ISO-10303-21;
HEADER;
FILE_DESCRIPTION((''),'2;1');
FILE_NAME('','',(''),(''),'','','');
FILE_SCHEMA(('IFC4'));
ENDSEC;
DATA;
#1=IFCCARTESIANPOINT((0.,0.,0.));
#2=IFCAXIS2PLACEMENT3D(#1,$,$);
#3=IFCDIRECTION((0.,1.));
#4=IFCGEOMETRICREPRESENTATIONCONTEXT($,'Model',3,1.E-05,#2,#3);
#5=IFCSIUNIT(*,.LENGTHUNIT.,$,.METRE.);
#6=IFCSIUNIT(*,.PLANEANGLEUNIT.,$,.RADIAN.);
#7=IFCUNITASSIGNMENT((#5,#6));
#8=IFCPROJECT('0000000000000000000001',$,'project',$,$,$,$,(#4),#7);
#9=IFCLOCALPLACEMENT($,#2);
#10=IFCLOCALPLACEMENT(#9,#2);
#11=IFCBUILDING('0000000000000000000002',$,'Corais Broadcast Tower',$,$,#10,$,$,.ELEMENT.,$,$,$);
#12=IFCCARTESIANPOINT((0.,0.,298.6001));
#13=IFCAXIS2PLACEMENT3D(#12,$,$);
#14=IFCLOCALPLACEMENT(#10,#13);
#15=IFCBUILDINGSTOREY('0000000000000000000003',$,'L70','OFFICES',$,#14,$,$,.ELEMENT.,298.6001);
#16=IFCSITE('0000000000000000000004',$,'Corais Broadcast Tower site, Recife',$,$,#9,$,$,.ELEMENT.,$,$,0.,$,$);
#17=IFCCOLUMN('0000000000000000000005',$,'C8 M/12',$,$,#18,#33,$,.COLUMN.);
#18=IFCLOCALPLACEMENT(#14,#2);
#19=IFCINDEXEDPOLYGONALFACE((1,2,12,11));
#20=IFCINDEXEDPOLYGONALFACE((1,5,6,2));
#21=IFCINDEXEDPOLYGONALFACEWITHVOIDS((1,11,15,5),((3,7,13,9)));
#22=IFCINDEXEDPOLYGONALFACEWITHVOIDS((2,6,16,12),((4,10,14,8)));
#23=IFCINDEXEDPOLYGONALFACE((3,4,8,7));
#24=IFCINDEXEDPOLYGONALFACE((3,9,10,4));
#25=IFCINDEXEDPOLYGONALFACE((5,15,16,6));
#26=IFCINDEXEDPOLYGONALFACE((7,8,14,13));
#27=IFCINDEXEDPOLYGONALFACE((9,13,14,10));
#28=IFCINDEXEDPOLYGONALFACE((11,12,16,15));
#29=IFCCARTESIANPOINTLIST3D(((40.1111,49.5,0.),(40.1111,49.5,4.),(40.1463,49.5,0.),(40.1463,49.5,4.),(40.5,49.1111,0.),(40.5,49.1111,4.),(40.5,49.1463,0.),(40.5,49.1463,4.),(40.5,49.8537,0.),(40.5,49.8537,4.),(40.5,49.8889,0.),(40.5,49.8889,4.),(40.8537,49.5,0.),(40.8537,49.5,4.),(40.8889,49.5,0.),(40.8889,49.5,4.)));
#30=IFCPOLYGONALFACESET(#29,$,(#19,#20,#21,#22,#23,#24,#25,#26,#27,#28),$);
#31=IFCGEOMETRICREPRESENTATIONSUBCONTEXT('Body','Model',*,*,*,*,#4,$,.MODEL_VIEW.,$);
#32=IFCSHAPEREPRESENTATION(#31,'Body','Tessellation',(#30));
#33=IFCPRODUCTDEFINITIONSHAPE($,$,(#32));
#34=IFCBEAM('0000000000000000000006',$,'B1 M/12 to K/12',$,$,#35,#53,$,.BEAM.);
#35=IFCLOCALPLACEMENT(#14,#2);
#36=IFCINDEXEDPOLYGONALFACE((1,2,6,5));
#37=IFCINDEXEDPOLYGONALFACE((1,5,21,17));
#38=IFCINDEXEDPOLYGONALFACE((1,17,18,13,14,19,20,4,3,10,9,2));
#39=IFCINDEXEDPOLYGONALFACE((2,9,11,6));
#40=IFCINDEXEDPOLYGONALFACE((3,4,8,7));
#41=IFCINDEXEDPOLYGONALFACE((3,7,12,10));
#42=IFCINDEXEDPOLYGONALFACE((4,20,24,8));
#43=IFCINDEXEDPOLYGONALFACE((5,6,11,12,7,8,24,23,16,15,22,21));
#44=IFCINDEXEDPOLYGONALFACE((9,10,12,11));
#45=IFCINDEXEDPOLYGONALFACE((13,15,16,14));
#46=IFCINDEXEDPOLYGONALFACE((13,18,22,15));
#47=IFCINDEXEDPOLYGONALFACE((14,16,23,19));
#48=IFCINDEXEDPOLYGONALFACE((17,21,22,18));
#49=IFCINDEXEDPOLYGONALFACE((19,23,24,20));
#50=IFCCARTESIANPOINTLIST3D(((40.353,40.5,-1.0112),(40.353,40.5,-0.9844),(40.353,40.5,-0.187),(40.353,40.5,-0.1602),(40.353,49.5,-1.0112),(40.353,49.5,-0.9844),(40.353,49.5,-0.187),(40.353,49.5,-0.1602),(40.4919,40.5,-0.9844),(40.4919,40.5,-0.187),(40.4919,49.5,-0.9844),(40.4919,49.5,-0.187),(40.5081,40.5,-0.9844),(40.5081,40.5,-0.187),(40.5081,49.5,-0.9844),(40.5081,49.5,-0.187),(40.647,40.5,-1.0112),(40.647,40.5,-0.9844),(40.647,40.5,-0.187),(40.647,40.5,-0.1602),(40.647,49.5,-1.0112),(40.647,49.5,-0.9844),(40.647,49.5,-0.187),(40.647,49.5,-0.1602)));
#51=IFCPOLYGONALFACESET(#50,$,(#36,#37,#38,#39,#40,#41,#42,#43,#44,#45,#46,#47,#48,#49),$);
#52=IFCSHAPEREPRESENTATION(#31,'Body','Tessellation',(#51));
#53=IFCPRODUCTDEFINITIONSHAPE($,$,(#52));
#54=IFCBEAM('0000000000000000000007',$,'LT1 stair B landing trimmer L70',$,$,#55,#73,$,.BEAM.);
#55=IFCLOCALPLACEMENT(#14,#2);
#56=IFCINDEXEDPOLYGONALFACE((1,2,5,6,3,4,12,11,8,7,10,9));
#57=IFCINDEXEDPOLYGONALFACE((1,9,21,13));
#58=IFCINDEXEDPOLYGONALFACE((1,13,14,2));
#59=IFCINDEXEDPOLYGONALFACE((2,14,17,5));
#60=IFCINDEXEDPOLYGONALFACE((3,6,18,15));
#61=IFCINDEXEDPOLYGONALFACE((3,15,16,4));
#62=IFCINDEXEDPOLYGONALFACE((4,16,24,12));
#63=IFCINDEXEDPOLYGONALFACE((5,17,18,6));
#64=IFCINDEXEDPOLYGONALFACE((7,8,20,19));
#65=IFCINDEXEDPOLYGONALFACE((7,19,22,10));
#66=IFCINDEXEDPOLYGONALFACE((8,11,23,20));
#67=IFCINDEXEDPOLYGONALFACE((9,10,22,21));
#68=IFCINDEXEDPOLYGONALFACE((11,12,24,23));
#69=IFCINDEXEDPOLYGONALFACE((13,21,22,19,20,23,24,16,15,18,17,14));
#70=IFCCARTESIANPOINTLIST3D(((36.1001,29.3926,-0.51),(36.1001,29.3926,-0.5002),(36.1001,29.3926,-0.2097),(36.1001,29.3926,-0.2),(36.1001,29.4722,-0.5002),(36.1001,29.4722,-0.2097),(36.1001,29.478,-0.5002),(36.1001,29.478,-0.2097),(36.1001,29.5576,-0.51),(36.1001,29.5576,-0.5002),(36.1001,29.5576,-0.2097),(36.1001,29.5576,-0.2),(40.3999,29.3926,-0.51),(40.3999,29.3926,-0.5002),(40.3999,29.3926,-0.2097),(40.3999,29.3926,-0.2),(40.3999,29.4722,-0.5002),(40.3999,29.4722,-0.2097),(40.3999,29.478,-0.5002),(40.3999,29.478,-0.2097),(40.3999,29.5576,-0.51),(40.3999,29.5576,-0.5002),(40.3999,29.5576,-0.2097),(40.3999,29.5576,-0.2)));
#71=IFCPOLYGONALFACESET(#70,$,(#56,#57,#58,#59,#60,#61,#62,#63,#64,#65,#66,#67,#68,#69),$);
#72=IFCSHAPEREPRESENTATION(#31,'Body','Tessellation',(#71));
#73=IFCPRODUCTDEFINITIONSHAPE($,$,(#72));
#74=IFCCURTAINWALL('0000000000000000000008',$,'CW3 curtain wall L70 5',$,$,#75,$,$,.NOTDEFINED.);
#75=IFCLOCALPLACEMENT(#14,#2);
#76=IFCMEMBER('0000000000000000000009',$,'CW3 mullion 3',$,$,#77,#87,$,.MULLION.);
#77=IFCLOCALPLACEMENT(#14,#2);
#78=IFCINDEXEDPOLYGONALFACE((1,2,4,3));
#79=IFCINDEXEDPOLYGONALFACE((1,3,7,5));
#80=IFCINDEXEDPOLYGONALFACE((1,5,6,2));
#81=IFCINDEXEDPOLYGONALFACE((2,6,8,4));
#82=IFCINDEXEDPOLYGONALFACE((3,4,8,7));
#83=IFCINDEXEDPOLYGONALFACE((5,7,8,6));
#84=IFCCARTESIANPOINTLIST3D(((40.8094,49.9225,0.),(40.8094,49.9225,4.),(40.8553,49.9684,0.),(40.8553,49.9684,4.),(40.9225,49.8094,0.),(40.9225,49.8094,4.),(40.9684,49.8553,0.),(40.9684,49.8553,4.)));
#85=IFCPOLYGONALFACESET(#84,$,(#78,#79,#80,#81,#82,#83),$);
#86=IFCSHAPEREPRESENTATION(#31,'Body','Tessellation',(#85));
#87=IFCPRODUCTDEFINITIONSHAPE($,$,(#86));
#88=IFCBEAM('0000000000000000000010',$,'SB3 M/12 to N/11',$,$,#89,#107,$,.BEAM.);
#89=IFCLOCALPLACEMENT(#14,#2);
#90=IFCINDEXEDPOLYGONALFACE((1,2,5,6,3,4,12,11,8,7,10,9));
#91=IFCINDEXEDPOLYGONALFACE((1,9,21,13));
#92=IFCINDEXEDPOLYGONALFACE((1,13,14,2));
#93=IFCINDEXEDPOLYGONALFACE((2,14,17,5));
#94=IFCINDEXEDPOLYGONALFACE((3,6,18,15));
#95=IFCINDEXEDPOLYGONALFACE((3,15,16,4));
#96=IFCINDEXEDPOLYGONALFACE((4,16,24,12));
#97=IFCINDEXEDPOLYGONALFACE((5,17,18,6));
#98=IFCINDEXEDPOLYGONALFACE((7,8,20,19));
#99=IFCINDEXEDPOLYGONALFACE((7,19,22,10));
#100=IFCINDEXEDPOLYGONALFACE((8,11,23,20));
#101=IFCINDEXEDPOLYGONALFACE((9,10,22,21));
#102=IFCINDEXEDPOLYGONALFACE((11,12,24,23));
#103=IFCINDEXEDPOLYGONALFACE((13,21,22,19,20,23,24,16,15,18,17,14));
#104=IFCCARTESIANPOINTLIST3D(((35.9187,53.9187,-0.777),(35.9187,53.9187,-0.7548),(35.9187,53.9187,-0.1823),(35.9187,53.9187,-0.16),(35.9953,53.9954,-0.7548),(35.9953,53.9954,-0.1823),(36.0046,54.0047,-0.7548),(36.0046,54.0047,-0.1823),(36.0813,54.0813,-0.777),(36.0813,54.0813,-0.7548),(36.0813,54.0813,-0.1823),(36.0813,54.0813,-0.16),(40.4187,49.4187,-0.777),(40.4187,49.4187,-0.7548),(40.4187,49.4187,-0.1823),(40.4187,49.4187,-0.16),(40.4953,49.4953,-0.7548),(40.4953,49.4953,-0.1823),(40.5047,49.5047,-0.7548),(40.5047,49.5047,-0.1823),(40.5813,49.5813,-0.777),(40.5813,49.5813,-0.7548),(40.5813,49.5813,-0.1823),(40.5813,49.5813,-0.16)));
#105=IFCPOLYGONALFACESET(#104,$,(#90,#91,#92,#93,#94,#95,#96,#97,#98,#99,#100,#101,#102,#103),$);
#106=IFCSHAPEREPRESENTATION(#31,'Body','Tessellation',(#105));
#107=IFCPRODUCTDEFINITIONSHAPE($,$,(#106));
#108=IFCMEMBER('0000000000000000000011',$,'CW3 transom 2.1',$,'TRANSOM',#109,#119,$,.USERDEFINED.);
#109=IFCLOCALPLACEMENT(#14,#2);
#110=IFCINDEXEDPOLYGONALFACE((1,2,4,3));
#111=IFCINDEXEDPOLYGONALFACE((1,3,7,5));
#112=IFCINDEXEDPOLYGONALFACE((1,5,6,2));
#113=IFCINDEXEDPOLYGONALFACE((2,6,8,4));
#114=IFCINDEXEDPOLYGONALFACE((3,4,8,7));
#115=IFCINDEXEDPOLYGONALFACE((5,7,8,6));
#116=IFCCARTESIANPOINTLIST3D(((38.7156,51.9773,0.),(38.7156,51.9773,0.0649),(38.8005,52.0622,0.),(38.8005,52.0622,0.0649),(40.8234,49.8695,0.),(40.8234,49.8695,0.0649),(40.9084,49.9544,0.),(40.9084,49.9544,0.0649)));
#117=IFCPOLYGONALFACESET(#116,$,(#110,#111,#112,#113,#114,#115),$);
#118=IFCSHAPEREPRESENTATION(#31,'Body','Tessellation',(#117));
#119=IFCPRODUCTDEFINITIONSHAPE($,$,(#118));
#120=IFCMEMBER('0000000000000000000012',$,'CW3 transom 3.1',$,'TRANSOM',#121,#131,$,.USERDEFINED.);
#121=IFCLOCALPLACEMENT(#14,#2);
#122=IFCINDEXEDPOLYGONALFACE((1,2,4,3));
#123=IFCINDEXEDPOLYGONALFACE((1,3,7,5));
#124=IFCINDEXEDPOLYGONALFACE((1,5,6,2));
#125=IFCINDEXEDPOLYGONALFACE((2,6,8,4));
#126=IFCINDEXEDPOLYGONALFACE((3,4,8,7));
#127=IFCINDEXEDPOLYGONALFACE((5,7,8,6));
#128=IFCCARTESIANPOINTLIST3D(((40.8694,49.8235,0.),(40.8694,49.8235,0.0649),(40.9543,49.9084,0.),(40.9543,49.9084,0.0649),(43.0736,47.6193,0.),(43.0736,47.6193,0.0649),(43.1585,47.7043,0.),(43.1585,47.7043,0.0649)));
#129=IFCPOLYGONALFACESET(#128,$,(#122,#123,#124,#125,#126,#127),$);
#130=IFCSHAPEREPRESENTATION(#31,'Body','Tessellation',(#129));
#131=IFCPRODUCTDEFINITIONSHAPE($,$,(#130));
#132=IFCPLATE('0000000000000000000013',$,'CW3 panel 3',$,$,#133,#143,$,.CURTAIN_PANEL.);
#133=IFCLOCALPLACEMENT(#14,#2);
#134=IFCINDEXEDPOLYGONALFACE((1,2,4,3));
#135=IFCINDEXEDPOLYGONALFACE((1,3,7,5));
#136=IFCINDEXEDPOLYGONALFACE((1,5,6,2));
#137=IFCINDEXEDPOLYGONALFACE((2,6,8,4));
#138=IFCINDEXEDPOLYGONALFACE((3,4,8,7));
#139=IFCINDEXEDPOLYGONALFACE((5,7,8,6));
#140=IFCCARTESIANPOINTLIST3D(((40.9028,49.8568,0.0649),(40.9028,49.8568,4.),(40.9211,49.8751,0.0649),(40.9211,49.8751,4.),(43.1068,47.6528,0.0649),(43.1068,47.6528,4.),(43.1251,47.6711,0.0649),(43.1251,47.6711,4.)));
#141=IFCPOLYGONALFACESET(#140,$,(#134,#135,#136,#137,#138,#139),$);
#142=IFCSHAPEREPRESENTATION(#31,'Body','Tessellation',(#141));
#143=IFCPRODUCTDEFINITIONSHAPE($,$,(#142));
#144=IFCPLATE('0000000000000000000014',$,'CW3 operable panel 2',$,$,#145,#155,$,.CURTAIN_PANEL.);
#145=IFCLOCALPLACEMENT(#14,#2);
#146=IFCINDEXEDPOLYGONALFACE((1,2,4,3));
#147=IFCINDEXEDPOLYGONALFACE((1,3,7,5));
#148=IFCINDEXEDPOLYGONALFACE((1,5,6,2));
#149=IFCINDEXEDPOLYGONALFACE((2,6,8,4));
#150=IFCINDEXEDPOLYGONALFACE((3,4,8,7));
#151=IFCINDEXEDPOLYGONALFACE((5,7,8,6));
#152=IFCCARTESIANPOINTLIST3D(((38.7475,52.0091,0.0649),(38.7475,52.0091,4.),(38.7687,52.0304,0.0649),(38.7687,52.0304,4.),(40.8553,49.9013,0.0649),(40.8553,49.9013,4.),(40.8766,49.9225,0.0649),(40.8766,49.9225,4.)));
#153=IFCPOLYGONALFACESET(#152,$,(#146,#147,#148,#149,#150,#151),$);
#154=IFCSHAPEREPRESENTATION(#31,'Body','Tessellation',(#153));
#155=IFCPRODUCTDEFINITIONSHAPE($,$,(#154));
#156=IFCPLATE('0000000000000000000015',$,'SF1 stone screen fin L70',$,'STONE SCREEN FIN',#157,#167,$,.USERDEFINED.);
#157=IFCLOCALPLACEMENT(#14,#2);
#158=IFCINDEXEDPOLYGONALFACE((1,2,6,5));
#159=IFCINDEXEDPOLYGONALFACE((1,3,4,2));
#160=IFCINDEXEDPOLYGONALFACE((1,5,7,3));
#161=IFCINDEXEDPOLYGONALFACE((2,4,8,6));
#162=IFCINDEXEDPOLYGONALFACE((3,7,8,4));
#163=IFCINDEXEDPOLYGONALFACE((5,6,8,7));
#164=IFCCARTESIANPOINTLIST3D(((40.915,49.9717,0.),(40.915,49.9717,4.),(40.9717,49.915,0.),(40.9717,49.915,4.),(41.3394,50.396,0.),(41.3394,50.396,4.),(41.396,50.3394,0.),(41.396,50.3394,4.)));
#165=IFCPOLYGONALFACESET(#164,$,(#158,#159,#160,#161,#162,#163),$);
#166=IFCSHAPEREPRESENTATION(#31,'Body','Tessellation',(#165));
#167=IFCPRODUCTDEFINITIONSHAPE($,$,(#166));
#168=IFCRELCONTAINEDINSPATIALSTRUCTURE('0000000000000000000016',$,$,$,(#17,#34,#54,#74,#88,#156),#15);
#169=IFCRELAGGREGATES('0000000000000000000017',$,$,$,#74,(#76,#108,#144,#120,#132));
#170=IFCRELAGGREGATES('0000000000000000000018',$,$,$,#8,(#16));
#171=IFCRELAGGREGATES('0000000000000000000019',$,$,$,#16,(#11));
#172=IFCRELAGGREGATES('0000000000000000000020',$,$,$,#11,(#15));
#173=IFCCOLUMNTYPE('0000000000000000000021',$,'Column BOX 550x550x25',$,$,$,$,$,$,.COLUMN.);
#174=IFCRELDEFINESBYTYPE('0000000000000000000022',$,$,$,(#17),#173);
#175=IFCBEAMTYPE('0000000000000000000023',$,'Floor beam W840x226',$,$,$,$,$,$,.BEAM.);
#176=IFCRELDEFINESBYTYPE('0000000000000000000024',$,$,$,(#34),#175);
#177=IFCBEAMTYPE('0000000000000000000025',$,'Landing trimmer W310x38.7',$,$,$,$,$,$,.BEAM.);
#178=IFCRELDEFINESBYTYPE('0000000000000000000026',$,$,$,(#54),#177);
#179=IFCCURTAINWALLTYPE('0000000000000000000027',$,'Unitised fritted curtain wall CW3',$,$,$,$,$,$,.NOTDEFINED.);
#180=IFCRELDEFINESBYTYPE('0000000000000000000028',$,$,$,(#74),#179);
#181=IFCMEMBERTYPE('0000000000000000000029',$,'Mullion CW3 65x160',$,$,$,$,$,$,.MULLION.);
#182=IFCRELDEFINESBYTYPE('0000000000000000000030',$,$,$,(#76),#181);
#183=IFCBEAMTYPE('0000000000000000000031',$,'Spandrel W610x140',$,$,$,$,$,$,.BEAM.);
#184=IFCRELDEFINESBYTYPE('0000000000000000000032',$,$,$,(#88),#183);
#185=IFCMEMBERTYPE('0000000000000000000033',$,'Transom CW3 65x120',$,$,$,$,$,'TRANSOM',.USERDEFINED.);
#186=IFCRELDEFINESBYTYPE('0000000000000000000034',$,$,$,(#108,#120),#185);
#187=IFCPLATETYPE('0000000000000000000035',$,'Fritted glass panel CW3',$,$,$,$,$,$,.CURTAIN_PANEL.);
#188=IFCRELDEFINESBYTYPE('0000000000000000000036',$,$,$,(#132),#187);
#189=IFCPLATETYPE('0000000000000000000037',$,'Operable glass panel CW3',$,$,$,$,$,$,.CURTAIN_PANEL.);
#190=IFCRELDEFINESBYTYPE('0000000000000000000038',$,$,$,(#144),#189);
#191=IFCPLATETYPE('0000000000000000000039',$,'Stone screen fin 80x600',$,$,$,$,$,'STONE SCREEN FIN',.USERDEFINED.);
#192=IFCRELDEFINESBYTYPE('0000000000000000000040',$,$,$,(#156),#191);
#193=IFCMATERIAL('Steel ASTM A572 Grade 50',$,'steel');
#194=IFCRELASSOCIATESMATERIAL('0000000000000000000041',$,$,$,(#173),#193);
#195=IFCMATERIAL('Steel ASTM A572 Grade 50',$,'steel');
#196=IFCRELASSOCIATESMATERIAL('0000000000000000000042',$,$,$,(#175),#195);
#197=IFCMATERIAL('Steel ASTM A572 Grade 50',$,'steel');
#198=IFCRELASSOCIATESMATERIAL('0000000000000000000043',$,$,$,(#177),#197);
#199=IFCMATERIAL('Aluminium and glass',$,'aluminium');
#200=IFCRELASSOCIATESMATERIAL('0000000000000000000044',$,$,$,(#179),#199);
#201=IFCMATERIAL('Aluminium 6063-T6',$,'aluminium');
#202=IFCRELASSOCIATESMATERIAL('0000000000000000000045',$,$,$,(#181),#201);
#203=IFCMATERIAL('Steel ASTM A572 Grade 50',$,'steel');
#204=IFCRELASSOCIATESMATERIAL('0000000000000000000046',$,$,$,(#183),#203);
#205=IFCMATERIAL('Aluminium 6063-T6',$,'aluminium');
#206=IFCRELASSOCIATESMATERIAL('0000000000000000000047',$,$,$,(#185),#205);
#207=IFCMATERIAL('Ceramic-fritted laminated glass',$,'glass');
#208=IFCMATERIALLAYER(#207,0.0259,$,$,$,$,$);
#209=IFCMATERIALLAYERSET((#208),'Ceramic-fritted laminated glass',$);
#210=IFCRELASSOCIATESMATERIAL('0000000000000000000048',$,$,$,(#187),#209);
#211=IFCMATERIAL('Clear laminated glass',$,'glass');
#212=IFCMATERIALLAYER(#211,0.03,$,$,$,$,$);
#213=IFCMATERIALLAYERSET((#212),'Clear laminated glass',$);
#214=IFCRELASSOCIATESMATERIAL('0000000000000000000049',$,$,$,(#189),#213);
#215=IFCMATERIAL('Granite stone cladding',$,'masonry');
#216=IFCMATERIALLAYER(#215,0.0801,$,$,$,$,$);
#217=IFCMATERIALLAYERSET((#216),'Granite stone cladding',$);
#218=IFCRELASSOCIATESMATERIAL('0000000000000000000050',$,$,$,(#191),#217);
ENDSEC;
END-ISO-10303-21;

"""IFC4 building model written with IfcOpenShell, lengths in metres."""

from ifc_helpers import new_model, si_unit, direction, frame, origin, origin_2d, place, context, subcontext, project, spatial, rectangle, hollow_rectangle, i_section, extrude, material, layer, layer_set, material_profile, profile_set, type_object, element, aggregate, save


model = new_model("IFC4")

# Units and contexts
model_context = context("Model", 3, precision=1e-05, world=origin(), true_north=direction((0.0, 1.0)))
body_context = subcontext(model_context, "Body", "Model", "MODEL_VIEW")
ifc_project = project(units=[si_unit("LENGTHUNIT", "METRE"), si_unit("PLANEANGLEUNIT", "RADIAN")], contexts=[model_context])

# Site, building, storey
site_placement = place(None, origin())
site = spatial("IfcSite", under=ifc_project, at=site_placement, Name="Corais Broadcast Tower site, Recife", CompositionType="ELEMENT", RefElevation=0.0)
building_placement = place(site_placement, origin())
building = spatial("IfcBuilding", under=site, at=building_placement, Name="Corais Broadcast Tower", CompositionType="ELEMENT")
storey_placement = place(building_placement, frame((0.0, 0.0, 298.6001)))
storey = spatial("IfcBuildingStorey", under=building, at=storey_placement, Name="L70", Description="OFFICES", CompositionType="ELEMENT", Elevation=298.6001)

# Column
ifc_material_1 = material(Name="Steel ASTM A572 Grade 50", Category="steel")
ifc_material_profile_1 = material_profile(ifc_material_1, hollow_rectangle(XDim=0.55, YDim=0.55, WallThickness=0.0249, at=origin_2d()), Name="BOX 550x550x25")
ifc_profile_set_1 = profile_set([ifc_material_profile_1], Name="Steel ASTM A572 Grade 50")
column_type = type_object("IfcColumnType", Name="Column BOX 550x550x25", PredefinedType="COLUMN", material=ifc_profile_set_1)
column_placement = place(storey_placement, frame((40.5, 49.5, 0.0), z_axis=(0.0, 0.0, 1.0), x_axis=(0.707107, 0.707107, 0.0)))
element("IfcColumn", 1, at=column_placement, inside=storey, type_object=column_type, Name="C8 M/12", PredefinedType="COLUMN", context=body_context, shape_type="SweptSolid", body=[
    extrude(hollow_rectangle(XDim=0.55, YDim=0.55, WallThickness=0.0249, at=origin_2d()), origin(), (0.0, 0.0, 1.0), 4.0),
])

# Beams
ifc_material_2 = material(Name="Steel ASTM A572 Grade 50", Category="steel")
ifc_material_profile_2 = material_profile(ifc_material_2, i_section(OverallWidth=0.2939, OverallDepth=0.8511, WebThickness=0.0161, FlangeThickness=0.0269, at=origin_2d()), Name="W840x226")
ifc_profile_set_2 = profile_set([ifc_material_profile_2], Name="Steel ASTM A572 Grade 50")
beam_type_1 = type_object("IfcBeamType", Name="Floor beam W840x226", PredefinedType="BEAM", material=ifc_profile_set_2)
beam_1_placement = place(storey_placement, frame((40.5, 49.5, -0.5857), z_axis=(0.0, -1.0, 0.0), x_axis=(1.0, 0.0, 0.0)))
element("IfcBeam", 2, at=beam_1_placement, inside=storey, type_object=beam_type_1, Name="B1 M/12 to K/12", PredefinedType="BEAM", context=body_context, shape_type="SweptSolid", body=[
    extrude(i_section(OverallWidth=0.2939, OverallDepth=0.8511, WebThickness=0.0161, FlangeThickness=0.0269, at=origin_2d()), origin(), (0.0, 0.0, 1.0), 9.0),
])
ifc_material_3 = material(Name="Steel ASTM A572 Grade 50", Category="steel")
ifc_material_profile_3 = material_profile(ifc_material_3, i_section(OverallWidth=0.165, OverallDepth=0.3101, WebThickness=0.0059, FlangeThickness=0.0098, at=origin_2d()), Name="W310x38.7")
ifc_profile_set_3 = profile_set([ifc_material_profile_3], Name="Steel ASTM A572 Grade 50")
beam_type_2 = type_object("IfcBeamType", Name="Landing trimmer W310x38.7", PredefinedType="BEAM", material=ifc_profile_set_3)
beam_2_placement = place(storey_placement, frame((36.1001, 29.4751, -0.355), z_axis=(1.0, 0.0, 0.0), x_axis=(0.0, 1.0, 0.0)))
element("IfcBeam", 3, at=beam_2_placement, inside=storey, type_object=beam_type_2, Name="LT1 stair B landing trimmer L70", PredefinedType="BEAM", context=body_context, shape_type="SweptSolid", body=[
    extrude(i_section(OverallWidth=0.165, OverallDepth=0.3101, WebThickness=0.0059, FlangeThickness=0.0098, at=origin_2d()), origin(), (0.0, 0.0, 1.0), 4.2998),
])

# Curtain wall, member
ifc_material_4 = material(Name="Aluminium and glass", Category="aluminium")
curtain_wall_type = type_object("IfcCurtainWallType", Name="Unitised fritted curtain wall CW3", PredefinedType="NOTDEFINED", material=ifc_material_4)
curtain_wall_placement = place(storey_placement, origin())
curtain_wall = element("IfcCurtainWall", 4, at=curtain_wall_placement, inside=storey, type_object=curtain_wall_type, Name="CW3 curtain wall L70 5", PredefinedType="NOTDEFINED")
ifc_material_5 = material(Name="Aluminium 6063-T6", Category="aluminium")
ifc_material_profile_4 = material_profile(ifc_material_5, rectangle(XDim=0.0649, YDim=0.1599, at=origin_2d()), Name="Mullion CW3 65x160")
ifc_profile_set_4 = profile_set([ifc_material_profile_4], Name="Aluminium 6063-T6")
member_type_1 = type_object("IfcMemberType", Name="Mullion CW3 65x160", PredefinedType="MULLION", material=ifc_profile_set_4)
member_1_placement = place(storey_placement, frame((40.8889, 49.8889, 0.0), z_axis=(0.0, 0.0, 1.0), x_axis=(0.707107, 0.707107, 0.0)))
member_1 = element("IfcMember", 5, at=member_1_placement, type_object=member_type_1, Name="CW3 mullion 3", PredefinedType="MULLION", context=body_context, shape_type="SweptSolid", body=[
    extrude(rectangle(XDim=0.0649, YDim=0.1599, at=origin_2d()), origin(), (0.0, 0.0, 1.0), 4.0),
])

# Beam
ifc_material_6 = material(Name="Steel ASTM A572 Grade 50", Category="steel")
ifc_material_profile_5 = material_profile(ifc_material_6, i_section(OverallWidth=0.23, OverallDepth=0.6169, WebThickness=0.0132, FlangeThickness=0.0222, at=origin_2d()), Name="W610x140")
ifc_profile_set_5 = profile_set([ifc_material_profile_5], Name="Steel ASTM A572 Grade 50")
beam_type_3 = type_object("IfcBeamType", Name="Spandrel W610x140", PredefinedType="BEAM", material=ifc_profile_set_5)
beam_3_placement = place(storey_placement, frame((40.5, 49.5, -0.4685), z_axis=(-0.707107, 0.707107, 0.0), x_axis=(-0.707107, -0.707107, 0.0)))
element("IfcBeam", 6, at=beam_3_placement, inside=storey, type_object=beam_type_3, Name="SB3 M/12 to N/11", PredefinedType="BEAM", context=body_context, shape_type="SweptSolid", body=[
    extrude(i_section(OverallWidth=0.23, OverallDepth=0.6169, WebThickness=0.0132, FlangeThickness=0.0222, at=origin_2d()), origin(), (0.0, 0.0, 1.0), 6.364),
])

# Members
ifc_material_7 = material(Name="Aluminium 6063-T6", Category="aluminium")
ifc_material_profile_6 = material_profile(ifc_material_7, rectangle(XDim=0.1201, YDim=0.0649, at=origin_2d()), Name="Transom CW3 65x120")
ifc_profile_set_6 = profile_set([ifc_material_profile_6], Name="Aluminium 6063-T6")
member_type_2 = type_object("IfcMemberType", Name="Transom CW3 65x120", ElementType="TRANSOM", PredefinedType="USERDEFINED", material=ifc_profile_set_6)
member_2_placement = place(storey_placement, frame((38.7581, 52.0198, 0.0325), z_axis=(0.707107, -0.707107, 0.0), x_axis=(0.707107, 0.707107, 0.0)))
member_2 = element("IfcMember", 7, at=member_2_placement, type_object=member_type_2, Name="CW3 transom 2.1", ObjectType="TRANSOM", PredefinedType="USERDEFINED", context=body_context, shape_type="SweptSolid", body=[
    extrude(rectangle(XDim=0.1201, YDim=0.0649, at=origin_2d()), origin(), (0.0, 0.0, 1.0), 2.981),
])
member_3_placement = place(storey_placement, frame((40.9119, 49.866, 0.0325), z_axis=(0.707107, -0.707107, 0.0), x_axis=(0.707107, 0.707107, 0.0)))
member_3 = element("IfcMember", 8, at=member_3_placement, type_object=member_type_2, Name="CW3 transom 3.1", ObjectType="TRANSOM", PredefinedType="USERDEFINED", context=body_context, shape_type="SweptSolid", body=[
    extrude(rectangle(XDim=0.1201, YDim=0.0649, at=origin_2d()), origin(), (0.0, 0.0, 1.0), 3.1172),
])

# Plates
ifc_material_8 = material(Name="Ceramic-fritted laminated glass", Category="glass")
ifc_layer_1 = layer(ifc_material_8, 0.0259)
ifc_layer_set_1 = layer_set([ifc_layer_1], Name="Ceramic-fritted laminated glass")
plate_type_1 = type_object("IfcPlateType", Name="Fritted glass panel CW3", PredefinedType="CURTAIN_PANEL", material=ifc_layer_set_1)
plate_1_placement = place(storey_placement, frame((42.0139, 48.7639, 0.0649), z_axis=(0.0, 0.0, 1.0), x_axis=(0.707107, -0.707107, 0.0)))
plate_1 = element("IfcPlate", 9, at=plate_1_placement, type_object=plate_type_1, Name="CW3 panel 3", PredefinedType="CURTAIN_PANEL", context=body_context, shape_type="SweptSolid", body=[
    extrude(rectangle(XDim=3.1169, YDim=0.0259, at=origin_2d()), origin(), (0.0, 0.0, 1.0), 3.9351),
])
ifc_material_9 = material(Name="Clear laminated glass", Category="glass")
ifc_layer_2 = layer(ifc_material_9, 0.03)
ifc_layer_set_2 = layer_set([ifc_layer_2], Name="Clear laminated glass")
plate_type_2 = type_object("IfcPlateType", Name="Operable glass panel CW3", PredefinedType="CURTAIN_PANEL", material=ifc_layer_set_2)
plate_2_placement = place(storey_placement, frame((39.812, 50.9658, 0.0649), z_axis=(0.0, 0.0, 1.0), x_axis=(0.707107, -0.707107, 0.0)))
plate_2 = element("IfcPlate", 10, at=plate_2_placement, type_object=plate_type_2, Name="CW3 operable panel 2", PredefinedType="CURTAIN_PANEL", context=body_context, shape_type="SweptSolid", body=[
    extrude(rectangle(XDim=2.981, YDim=0.03, at=origin_2d()), origin(), (0.0, 0.0, 1.0), 3.9351),
])
aggregate(curtain_wall, [member_1, member_2, plate_2, member_3, plate_1])
ifc_material_10 = material(Name="Granite stone cladding", Category="masonry")
ifc_layer_3 = layer(ifc_material_10, 0.0801)
ifc_layer_set_3 = layer_set([ifc_layer_3], Name="Granite stone cladding")
plate_type_3 = type_object("IfcPlateType", Name="Stone screen fin 80x600", ElementType="STONE SCREEN FIN", PredefinedType="USERDEFINED", material=ifc_layer_set_3)
plate_3_placement = place(storey_placement, frame((41.1555, 50.1555, 0.0), z_axis=(0.0, 0.0, 1.0), x_axis=(0.707107, -0.707107, 0.0)))
element("IfcPlate", 11, at=plate_3_placement, inside=storey, type_object=plate_type_3, Name="SF1 stone screen fin L70", ObjectType="STONE SCREEN FIN", PredefinedType="USERDEFINED", context=body_context, shape_type="SweptSolid", body=[
    extrude(rectangle(XDim=0.0801, YDim=0.6001, at=origin_2d()), origin(), (0.0, 0.0, 1.0), 4.0),
])

save(model, "model.ifc")
